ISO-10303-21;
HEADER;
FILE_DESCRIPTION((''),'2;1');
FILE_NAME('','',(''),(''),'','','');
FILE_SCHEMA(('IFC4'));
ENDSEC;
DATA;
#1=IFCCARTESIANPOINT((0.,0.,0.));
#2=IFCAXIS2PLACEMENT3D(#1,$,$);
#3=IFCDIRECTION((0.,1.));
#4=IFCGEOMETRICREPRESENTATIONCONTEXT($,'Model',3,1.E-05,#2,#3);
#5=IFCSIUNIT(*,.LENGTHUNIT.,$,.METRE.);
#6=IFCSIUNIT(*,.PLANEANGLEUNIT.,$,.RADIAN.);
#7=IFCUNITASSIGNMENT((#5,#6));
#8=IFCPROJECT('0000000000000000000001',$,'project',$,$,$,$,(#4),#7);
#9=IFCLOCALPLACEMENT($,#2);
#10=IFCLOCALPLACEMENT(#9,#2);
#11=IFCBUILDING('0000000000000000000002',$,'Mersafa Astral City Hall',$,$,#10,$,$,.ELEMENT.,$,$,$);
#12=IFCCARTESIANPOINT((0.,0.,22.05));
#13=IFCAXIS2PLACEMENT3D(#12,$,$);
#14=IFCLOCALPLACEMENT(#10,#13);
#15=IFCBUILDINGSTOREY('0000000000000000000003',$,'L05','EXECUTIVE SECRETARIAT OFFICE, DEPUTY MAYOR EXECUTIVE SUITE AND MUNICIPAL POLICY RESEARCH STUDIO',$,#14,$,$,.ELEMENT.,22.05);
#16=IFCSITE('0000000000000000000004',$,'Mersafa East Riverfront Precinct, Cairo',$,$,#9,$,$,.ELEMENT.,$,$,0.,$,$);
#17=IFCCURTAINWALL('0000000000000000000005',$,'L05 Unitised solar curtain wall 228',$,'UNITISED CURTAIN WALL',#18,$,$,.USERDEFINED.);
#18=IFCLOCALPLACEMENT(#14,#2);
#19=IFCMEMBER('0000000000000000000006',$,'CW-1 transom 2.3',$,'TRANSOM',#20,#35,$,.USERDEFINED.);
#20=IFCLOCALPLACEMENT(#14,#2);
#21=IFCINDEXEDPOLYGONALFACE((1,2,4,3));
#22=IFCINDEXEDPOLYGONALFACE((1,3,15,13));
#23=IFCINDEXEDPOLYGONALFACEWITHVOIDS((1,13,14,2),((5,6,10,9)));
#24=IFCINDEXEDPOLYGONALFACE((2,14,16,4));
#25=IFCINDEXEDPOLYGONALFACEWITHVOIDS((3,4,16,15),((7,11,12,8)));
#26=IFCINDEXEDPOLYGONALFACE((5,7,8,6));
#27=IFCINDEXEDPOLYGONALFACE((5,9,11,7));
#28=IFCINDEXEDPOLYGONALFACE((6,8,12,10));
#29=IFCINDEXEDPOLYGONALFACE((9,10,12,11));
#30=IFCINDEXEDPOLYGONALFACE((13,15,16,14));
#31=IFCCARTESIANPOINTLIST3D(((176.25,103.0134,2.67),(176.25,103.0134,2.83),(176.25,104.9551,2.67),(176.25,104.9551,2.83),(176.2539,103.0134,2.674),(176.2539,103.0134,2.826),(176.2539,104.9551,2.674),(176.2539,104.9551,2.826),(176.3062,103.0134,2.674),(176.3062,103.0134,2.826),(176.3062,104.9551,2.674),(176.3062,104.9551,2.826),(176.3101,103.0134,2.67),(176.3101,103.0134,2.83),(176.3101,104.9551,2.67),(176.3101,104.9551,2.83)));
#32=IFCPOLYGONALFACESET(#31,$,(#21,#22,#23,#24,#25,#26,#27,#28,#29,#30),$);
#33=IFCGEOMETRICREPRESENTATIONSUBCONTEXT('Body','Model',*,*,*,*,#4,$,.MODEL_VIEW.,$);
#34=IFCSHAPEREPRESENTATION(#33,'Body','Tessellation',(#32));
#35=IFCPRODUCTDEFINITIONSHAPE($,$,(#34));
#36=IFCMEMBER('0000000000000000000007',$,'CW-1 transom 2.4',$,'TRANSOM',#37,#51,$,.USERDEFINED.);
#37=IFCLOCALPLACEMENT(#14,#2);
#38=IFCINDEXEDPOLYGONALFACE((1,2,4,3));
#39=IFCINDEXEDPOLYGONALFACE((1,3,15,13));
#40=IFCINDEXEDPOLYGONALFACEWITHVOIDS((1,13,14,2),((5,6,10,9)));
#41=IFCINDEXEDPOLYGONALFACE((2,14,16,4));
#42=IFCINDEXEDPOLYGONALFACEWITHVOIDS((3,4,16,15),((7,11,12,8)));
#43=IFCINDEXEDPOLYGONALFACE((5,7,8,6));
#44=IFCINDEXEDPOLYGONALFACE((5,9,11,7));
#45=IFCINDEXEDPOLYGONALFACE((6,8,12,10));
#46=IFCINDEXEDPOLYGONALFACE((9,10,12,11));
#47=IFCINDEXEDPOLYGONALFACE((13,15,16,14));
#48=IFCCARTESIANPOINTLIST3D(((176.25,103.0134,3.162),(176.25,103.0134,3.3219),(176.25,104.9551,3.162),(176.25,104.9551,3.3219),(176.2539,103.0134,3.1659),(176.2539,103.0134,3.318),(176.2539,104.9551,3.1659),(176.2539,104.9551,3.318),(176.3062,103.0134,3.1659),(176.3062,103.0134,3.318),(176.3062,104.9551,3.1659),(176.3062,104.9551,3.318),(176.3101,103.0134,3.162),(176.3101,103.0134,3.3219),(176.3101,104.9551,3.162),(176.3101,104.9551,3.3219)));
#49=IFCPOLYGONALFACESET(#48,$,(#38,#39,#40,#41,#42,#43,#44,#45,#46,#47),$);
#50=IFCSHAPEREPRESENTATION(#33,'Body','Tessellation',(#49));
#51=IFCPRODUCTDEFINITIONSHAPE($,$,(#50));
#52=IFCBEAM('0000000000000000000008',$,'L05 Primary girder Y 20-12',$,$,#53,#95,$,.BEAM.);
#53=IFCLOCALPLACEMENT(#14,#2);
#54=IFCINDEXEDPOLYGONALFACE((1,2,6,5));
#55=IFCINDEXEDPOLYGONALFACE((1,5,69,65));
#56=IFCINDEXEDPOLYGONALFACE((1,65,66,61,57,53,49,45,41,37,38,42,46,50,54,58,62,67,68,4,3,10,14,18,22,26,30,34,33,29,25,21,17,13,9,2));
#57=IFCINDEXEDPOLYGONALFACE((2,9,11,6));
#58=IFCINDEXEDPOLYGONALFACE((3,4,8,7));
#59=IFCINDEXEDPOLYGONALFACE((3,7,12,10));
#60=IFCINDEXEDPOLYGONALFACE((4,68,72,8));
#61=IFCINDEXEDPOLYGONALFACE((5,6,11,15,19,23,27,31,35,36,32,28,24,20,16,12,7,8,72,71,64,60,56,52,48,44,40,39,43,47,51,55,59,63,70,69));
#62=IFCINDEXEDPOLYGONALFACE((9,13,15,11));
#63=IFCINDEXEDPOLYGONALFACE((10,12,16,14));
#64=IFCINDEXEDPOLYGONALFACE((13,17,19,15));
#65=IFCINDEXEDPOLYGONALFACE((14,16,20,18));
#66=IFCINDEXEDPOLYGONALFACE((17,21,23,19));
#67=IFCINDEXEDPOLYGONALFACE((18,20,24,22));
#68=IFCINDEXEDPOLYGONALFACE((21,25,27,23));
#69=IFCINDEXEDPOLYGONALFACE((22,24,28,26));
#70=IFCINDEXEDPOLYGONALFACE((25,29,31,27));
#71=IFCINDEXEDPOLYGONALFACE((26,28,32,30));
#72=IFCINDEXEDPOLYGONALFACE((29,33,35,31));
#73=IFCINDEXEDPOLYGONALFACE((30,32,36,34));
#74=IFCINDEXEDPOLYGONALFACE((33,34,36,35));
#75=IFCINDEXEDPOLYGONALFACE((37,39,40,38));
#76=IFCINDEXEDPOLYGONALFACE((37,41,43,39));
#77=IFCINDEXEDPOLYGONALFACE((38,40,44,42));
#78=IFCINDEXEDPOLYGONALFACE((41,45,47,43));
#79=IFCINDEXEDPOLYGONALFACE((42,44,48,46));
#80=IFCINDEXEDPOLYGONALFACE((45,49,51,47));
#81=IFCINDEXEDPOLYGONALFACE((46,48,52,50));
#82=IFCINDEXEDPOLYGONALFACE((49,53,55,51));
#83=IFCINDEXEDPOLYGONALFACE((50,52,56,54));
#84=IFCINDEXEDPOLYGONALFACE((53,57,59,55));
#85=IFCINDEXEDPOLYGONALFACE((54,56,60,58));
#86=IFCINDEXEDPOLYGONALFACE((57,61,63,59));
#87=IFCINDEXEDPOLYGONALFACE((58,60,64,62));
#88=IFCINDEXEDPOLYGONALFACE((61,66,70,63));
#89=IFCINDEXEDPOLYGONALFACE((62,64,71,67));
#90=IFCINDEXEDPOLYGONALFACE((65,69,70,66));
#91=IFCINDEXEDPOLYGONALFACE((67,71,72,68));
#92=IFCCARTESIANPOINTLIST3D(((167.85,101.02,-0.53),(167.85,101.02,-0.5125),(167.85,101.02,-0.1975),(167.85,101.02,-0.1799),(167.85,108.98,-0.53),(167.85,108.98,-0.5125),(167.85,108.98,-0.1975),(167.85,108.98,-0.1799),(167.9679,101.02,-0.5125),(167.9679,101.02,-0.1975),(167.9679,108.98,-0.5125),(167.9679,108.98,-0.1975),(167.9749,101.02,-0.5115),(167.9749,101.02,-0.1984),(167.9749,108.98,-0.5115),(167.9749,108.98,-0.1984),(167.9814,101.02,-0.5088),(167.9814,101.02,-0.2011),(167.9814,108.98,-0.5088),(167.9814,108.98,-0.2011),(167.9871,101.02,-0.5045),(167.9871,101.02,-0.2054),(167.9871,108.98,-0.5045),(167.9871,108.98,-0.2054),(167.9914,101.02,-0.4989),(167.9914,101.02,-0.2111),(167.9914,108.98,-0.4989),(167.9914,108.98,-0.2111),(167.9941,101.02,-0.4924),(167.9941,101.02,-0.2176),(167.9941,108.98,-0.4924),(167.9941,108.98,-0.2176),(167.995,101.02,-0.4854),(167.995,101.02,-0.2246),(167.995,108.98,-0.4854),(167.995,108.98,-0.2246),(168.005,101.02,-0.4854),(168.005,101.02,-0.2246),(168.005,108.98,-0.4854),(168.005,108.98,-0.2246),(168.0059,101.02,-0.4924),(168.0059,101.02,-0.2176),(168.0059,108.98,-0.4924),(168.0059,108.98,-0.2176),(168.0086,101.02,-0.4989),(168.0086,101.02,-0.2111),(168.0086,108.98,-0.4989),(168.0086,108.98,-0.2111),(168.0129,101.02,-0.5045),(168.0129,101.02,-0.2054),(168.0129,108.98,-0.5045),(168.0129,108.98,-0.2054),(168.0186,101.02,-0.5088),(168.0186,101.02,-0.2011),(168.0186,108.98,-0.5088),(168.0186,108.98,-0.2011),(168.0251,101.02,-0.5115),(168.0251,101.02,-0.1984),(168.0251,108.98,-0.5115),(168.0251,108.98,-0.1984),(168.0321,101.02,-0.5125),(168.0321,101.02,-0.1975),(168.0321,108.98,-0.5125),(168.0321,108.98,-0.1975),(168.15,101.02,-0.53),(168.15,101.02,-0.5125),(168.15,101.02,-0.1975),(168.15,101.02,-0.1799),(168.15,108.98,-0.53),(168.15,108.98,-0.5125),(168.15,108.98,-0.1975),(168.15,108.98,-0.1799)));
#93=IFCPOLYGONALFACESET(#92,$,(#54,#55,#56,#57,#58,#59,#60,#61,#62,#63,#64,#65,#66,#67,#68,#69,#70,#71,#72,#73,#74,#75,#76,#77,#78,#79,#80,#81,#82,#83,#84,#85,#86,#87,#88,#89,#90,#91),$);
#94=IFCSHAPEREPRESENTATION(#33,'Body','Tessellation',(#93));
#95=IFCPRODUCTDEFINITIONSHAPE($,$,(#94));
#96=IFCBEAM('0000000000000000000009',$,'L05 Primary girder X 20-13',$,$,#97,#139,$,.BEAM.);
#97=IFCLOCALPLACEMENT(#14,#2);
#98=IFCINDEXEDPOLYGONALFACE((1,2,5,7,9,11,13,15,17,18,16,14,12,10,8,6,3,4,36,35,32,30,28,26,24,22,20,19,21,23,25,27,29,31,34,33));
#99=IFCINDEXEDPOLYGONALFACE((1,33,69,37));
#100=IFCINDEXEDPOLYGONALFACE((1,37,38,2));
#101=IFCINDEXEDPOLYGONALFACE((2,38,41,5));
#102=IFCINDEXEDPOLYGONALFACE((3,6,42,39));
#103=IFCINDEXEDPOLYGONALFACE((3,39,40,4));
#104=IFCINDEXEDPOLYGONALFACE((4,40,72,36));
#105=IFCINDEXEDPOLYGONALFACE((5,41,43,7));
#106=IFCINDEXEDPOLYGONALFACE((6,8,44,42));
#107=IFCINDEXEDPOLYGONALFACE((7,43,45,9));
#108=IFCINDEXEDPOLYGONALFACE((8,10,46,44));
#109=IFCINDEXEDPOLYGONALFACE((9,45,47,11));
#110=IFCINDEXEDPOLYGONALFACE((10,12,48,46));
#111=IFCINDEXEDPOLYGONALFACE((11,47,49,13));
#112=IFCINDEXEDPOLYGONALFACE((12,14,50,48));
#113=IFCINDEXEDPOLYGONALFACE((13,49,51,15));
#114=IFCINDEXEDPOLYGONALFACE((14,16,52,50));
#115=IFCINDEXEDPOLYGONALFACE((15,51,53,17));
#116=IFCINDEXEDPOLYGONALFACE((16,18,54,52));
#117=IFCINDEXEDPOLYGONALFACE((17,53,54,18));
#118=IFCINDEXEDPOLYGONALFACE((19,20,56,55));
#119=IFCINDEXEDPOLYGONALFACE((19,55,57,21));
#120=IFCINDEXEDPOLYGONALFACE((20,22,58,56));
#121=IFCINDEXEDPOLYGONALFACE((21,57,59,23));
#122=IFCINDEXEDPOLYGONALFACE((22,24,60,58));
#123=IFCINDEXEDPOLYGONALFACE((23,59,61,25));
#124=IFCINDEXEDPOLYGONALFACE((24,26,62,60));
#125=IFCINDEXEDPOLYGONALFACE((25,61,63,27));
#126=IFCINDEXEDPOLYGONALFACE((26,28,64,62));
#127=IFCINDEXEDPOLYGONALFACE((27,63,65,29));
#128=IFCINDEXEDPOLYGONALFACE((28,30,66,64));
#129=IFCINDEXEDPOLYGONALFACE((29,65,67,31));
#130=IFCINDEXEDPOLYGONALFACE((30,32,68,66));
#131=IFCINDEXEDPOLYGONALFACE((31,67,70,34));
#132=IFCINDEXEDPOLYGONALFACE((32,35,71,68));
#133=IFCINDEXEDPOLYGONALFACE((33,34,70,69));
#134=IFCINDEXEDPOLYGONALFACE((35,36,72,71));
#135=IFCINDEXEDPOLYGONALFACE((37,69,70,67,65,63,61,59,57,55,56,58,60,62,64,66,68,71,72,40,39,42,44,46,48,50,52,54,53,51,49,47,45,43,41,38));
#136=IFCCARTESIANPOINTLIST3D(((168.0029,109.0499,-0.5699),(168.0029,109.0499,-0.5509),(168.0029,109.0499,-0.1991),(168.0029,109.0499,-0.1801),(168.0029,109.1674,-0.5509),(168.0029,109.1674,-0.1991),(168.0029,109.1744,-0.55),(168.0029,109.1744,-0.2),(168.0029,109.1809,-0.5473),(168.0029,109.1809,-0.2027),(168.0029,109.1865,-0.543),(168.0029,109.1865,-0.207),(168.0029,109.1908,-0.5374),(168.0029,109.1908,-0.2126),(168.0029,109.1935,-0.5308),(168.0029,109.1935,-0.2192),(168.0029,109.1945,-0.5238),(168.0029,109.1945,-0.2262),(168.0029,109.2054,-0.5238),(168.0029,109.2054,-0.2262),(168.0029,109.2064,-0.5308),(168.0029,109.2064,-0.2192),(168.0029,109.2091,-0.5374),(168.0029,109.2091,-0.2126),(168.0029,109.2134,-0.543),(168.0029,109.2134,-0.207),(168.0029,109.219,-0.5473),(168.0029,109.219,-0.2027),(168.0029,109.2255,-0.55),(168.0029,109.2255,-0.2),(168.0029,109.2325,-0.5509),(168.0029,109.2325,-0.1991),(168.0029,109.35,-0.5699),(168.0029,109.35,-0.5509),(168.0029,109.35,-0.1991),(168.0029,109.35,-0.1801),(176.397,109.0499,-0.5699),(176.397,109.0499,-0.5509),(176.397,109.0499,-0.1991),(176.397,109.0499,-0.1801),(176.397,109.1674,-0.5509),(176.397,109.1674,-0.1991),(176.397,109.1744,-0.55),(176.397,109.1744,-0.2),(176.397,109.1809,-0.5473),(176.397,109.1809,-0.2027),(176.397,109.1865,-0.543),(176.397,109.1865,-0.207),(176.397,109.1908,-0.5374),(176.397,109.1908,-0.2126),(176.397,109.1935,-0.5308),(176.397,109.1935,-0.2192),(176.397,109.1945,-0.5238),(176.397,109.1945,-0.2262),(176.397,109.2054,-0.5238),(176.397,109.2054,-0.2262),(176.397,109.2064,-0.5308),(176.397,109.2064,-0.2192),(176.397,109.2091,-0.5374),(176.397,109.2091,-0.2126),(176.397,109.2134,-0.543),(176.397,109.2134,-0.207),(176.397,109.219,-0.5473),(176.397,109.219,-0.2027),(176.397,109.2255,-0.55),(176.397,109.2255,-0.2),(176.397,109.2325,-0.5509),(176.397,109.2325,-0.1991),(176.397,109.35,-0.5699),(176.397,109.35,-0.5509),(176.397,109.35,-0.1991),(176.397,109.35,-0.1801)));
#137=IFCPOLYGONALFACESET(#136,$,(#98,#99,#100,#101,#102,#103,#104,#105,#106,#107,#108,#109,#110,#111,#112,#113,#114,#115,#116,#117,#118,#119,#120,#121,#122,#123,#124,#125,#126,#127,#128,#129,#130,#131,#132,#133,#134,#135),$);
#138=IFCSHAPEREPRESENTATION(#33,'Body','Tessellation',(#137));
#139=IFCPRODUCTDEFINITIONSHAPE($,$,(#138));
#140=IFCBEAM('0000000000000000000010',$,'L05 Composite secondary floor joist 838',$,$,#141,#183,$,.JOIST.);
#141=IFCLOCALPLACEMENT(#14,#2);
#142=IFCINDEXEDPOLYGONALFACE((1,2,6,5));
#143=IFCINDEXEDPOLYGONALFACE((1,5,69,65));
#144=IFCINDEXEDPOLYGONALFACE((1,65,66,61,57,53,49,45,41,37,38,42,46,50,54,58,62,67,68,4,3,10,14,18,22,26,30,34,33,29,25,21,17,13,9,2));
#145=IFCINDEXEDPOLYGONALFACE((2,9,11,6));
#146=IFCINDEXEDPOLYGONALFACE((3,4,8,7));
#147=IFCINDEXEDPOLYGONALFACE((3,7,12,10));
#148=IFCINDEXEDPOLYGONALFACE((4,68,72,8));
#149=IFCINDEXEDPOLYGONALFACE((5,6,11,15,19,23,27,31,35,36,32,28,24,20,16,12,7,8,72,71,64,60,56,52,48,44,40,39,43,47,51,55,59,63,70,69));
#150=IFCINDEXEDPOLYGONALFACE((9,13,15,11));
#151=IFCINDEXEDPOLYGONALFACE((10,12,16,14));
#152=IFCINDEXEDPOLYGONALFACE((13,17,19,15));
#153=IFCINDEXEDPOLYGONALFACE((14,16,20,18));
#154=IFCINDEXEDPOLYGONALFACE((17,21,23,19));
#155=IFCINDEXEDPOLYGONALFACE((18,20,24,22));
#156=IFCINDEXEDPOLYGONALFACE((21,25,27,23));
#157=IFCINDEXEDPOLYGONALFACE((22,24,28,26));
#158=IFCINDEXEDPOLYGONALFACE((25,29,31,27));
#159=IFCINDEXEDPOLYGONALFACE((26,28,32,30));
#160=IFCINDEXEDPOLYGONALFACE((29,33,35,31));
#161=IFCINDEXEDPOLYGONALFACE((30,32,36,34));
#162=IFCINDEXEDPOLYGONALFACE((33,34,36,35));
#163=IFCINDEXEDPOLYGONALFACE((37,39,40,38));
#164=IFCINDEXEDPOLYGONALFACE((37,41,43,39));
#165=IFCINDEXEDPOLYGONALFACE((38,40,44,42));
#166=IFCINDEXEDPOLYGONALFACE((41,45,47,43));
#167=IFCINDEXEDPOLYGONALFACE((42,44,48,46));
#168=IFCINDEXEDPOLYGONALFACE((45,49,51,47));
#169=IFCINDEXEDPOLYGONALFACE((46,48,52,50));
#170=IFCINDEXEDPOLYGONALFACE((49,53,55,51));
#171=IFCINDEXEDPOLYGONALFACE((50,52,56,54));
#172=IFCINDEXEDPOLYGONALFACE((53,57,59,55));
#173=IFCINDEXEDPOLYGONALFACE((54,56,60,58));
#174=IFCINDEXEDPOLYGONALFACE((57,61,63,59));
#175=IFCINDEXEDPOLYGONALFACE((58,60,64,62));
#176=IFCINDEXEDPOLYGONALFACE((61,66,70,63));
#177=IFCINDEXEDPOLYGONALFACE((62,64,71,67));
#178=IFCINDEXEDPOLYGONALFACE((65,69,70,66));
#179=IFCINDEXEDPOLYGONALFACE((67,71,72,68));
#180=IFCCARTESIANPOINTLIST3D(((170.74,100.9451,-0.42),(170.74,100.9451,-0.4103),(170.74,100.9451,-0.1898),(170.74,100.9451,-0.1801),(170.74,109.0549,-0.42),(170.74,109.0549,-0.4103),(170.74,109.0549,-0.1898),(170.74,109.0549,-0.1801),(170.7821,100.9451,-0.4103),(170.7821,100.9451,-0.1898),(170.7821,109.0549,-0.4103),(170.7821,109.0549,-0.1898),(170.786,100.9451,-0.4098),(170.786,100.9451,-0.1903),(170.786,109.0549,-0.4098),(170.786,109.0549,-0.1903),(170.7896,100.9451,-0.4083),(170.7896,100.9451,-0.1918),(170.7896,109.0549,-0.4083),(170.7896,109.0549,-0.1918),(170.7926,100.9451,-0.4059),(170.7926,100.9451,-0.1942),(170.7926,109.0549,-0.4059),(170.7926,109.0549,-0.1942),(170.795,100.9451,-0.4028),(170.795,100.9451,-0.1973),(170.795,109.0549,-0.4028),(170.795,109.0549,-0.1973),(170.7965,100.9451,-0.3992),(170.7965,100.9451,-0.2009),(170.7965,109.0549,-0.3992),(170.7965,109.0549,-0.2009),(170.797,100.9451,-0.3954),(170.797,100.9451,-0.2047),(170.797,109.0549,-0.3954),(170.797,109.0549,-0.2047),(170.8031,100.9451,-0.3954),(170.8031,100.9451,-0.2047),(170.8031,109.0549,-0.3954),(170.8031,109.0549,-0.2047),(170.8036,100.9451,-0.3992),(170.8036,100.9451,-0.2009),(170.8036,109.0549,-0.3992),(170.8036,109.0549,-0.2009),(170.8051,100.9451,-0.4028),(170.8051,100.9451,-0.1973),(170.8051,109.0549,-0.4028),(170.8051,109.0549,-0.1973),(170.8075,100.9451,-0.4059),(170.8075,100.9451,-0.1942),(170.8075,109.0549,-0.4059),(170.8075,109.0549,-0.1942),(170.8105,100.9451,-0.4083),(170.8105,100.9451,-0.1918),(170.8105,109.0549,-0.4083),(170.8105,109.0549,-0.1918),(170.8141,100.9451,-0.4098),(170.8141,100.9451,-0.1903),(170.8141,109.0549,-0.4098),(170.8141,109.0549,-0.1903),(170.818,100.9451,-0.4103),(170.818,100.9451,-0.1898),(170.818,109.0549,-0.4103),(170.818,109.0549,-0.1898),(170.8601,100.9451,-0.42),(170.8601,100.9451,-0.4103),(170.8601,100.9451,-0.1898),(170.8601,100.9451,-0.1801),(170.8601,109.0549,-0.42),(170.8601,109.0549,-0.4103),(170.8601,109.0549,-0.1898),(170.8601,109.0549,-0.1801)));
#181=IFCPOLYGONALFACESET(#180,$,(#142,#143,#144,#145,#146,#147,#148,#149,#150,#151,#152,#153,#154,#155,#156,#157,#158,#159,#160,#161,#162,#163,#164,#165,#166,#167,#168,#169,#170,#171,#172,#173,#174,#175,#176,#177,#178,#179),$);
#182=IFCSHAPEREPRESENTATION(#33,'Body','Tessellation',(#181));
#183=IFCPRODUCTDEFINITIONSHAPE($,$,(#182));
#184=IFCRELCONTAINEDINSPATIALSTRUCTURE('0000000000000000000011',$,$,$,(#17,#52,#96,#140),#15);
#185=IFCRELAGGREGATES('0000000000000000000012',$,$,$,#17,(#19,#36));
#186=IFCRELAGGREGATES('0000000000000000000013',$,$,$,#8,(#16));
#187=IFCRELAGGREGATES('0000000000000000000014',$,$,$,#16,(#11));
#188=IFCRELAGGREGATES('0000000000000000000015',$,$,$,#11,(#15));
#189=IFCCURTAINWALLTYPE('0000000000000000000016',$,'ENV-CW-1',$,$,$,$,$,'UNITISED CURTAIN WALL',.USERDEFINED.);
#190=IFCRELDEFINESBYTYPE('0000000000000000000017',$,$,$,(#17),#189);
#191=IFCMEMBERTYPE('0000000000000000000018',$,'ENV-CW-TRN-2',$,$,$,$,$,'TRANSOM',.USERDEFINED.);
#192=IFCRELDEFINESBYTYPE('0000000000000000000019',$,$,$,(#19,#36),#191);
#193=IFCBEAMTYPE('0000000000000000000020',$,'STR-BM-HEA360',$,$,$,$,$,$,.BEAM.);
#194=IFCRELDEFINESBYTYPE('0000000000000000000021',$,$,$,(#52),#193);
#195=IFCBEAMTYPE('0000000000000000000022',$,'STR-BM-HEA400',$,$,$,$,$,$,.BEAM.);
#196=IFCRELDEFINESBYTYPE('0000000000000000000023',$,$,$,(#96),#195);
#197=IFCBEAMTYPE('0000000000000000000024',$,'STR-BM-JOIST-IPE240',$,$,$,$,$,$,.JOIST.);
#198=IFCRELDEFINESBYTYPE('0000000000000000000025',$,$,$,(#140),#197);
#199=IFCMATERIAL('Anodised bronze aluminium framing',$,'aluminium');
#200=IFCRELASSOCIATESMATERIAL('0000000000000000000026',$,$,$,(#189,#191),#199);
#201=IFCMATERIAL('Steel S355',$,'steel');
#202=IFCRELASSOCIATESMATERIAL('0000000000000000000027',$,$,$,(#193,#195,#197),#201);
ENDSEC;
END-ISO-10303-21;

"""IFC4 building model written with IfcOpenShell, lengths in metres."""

from ifc_helpers import new_model, si_unit, direction, frame, origin, origin_2d, place, context, subcontext, project, spatial, hollow_rectangle, i_section, extrude, material, material_profile, profile_set, type_object, element, aggregate, save


model = new_model("IFC4")

# Units and contexts
model_context = context("Model", 3, precision=1e-05, world=origin(), true_north=direction((0.0, 1.0)))
body_context = subcontext(model_context, "Body", "Model", "MODEL_VIEW")
ifc_project = project(units=[si_unit("LENGTHUNIT", "METRE"), si_unit("PLANEANGLEUNIT", "RADIAN")], contexts=[model_context])

# Site, building, storey
site_placement = place(None, origin())
site = spatial("IfcSite", under=ifc_project, at=site_placement, Name="Mersafa East Riverfront Precinct, Cairo", CompositionType="ELEMENT", RefElevation=0.0)
building_placement = place(site_placement, origin())
building = spatial("IfcBuilding", under=site, at=building_placement, Name="Mersafa Astral City Hall", CompositionType="ELEMENT")
storey_placement = place(building_placement, frame((0.0, 0.0, 22.05)))
storey = spatial("IfcBuildingStorey", under=building, at=storey_placement, Name="L05", Description="EXECUTIVE SECRETARIAT OFFICE, DEPUTY MAYOR EXECUTIVE SUITE AND MUNICIPAL POLICY RESEARCH STUDIO", CompositionType="ELEMENT", Elevation=22.05)

# Shared definitions
ifc_material_1 = material(Name="Steel S355", Category="steel")

# Curtain wall, members
ifc_material_2 = material(Name="Anodised bronze aluminium framing", Category="aluminium")
curtain_wall_type = type_object("IfcCurtainWallType", Name="ENV-CW-1", ElementType="UNITISED CURTAIN WALL", PredefinedType="USERDEFINED", material=ifc_material_2)
curtain_wall_placement = place(storey_placement, origin())
curtain_wall = element("IfcCurtainWall", 1, at=curtain_wall_placement, inside=storey, type_object=curtain_wall_type, Name="L05 Unitised solar curtain wall 228", ObjectType="UNITISED CURTAIN WALL", PredefinedType="USERDEFINED")
ifc_material_profile_1 = material_profile(ifc_material_2, hollow_rectangle(XDim=0.0601, YDim=0.1599, WallThickness=0.0039, at=origin_2d()), Name="RHS 60x160x4")
ifc_profile_set_1 = profile_set([ifc_material_profile_1], Name="Anodised bronze aluminium framing")
member_type_1 = type_object("IfcMemberType", Name="ENV-CW-TRN-2", ElementType="TRANSOM", PredefinedType="USERDEFINED", material=ifc_profile_set_1)
member_1_placement = place(storey_placement, frame((176.28, 103.0134, 2.75), z_axis=(0.0, 1.0, 0.0), x_axis=(-1.0, 0.0, 0.0)))
member_1 = element("IfcMember", 2, at=member_1_placement, type_object=member_type_1, Name="CW-1 transom 2.3", ObjectType="TRANSOM", PredefinedType="USERDEFINED", context=body_context, shape_type="SweptSolid", body=[
    extrude(hollow_rectangle(XDim=0.0601, YDim=0.1599, WallThickness=0.0039, at=origin_2d()), origin(), (0.0, 0.0, 1.0), 1.9417),
])
member_2_placement = place(storey_placement, frame((176.28, 103.0134, 3.2419), z_axis=(0.0, 1.0, 0.0), x_axis=(-1.0, 0.0, 0.0)))
member_2 = element("IfcMember", 3, at=member_2_placement, type_object=member_type_1, Name="CW-1 transom 2.4", ObjectType="TRANSOM", PredefinedType="USERDEFINED", context=body_context, shape_type="SweptSolid", body=[
    extrude(hollow_rectangle(XDim=0.0601, YDim=0.1599, WallThickness=0.0039, at=origin_2d()), origin(), (0.0, 0.0, 1.0), 1.9417),
])

# Beams
ifc_material_profile_2 = material_profile(ifc_material_1, i_section(OverallWidth=0.3, OverallDepth=0.3501, WebThickness=0.01, FlangeThickness=0.0176, FilletRadius=0.0271, at=origin_2d()), Name="HEA 360")
ifc_profile_set_2 = profile_set([ifc_material_profile_2], Name="Steel S355")
beam_type_1 = type_object("IfcBeamType", Name="STR-BM-HEA360", PredefinedType="BEAM", material=ifc_profile_set_2)
beam_1_placement = place(storey_placement, frame((168.0, 101.02, -0.355), z_axis=(0.0, 1.0, 0.0), x_axis=(-1.0, 0.0, 0.0)))
element("IfcBeam", 4, at=beam_1_placement, inside=storey, type_object=beam_type_1, Name="L05 Primary girder Y 20-12", PredefinedType="BEAM", context=body_context, shape_type="SweptSolid", body=[
    extrude(i_section(OverallWidth=0.3, OverallDepth=0.3501, WebThickness=0.01, FlangeThickness=0.0176, FilletRadius=0.0271, at=origin_2d()), origin(), (0.0, 0.0, 1.0), 7.96),
])
ifc_material_profile_3 = material_profile(ifc_material_1, i_section(OverallWidth=0.3, OverallDepth=0.3899, WebThickness=0.011, FlangeThickness=0.019, FilletRadius=0.0271, at=origin_2d()), Name="HEA 400")
ifc_profile_set_3 = profile_set([ifc_material_profile_3], Name="Steel S355")
beam_type_2 = type_object("IfcBeamType", Name="STR-BM-HEA400", PredefinedType="BEAM", material=ifc_profile_set_3)
beam_2_placement = place(storey_placement, frame((168.0029, 109.2, -0.375), z_axis=(1.0, 0.0, 0.0), x_axis=(0.0, 1.0, 0.0)))
element("IfcBeam", 5, at=beam_2_placement, inside=storey, type_object=beam_type_2, Name="L05 Primary girder X 20-13", PredefinedType="BEAM", context=body_context, shape_type="SweptSolid", body=[
    extrude(i_section(OverallWidth=0.3, OverallDepth=0.3899, WebThickness=0.011, FlangeThickness=0.019, FilletRadius=0.0271, at=origin_2d()), origin(), (0.0, 0.0, 1.0), 8.394),
])
ifc_material_profile_4 = material_profile(ifc_material_1, i_section(OverallWidth=0.1201, OverallDepth=0.24, WebThickness=0.0061, FlangeThickness=0.0098, FilletRadius=0.0149, at=origin_2d()), Name="IPE 240")
ifc_profile_set_4 = profile_set([ifc_material_profile_4], Name="Steel S355")
beam_type_3 = type_object("IfcBeamType", Name="STR-BM-JOIST-IPE240", PredefinedType="JOIST", material=ifc_profile_set_4)
for number, where, z_axis, x_axis, name in (
    (6, (170.8, 100.9451, -0.3), (0.0, 1.0, 0.0), (-1.0, 0.0, 0.0), "L05 Composite secondary floor joist 838"),
):
    element("IfcBeam", number, at=place(storey_placement, frame(where, z_axis=z_axis, x_axis=x_axis)), inside=storey, type_object=beam_type_3, Name=name, PredefinedType="JOIST", context=body_context, shape_type="SweptSolid", body=[
        extrude(i_section(OverallWidth=0.1201, OverallDepth=0.24, WebThickness=0.0061, FlangeThickness=0.0098, FilletRadius=0.0149, at=origin_2d()), origin(), (0.0, 0.0, 1.0), 8.1099),
    ])

aggregate(curtain_wall, [member_1, member_2])

save(model, "model.ifc")
